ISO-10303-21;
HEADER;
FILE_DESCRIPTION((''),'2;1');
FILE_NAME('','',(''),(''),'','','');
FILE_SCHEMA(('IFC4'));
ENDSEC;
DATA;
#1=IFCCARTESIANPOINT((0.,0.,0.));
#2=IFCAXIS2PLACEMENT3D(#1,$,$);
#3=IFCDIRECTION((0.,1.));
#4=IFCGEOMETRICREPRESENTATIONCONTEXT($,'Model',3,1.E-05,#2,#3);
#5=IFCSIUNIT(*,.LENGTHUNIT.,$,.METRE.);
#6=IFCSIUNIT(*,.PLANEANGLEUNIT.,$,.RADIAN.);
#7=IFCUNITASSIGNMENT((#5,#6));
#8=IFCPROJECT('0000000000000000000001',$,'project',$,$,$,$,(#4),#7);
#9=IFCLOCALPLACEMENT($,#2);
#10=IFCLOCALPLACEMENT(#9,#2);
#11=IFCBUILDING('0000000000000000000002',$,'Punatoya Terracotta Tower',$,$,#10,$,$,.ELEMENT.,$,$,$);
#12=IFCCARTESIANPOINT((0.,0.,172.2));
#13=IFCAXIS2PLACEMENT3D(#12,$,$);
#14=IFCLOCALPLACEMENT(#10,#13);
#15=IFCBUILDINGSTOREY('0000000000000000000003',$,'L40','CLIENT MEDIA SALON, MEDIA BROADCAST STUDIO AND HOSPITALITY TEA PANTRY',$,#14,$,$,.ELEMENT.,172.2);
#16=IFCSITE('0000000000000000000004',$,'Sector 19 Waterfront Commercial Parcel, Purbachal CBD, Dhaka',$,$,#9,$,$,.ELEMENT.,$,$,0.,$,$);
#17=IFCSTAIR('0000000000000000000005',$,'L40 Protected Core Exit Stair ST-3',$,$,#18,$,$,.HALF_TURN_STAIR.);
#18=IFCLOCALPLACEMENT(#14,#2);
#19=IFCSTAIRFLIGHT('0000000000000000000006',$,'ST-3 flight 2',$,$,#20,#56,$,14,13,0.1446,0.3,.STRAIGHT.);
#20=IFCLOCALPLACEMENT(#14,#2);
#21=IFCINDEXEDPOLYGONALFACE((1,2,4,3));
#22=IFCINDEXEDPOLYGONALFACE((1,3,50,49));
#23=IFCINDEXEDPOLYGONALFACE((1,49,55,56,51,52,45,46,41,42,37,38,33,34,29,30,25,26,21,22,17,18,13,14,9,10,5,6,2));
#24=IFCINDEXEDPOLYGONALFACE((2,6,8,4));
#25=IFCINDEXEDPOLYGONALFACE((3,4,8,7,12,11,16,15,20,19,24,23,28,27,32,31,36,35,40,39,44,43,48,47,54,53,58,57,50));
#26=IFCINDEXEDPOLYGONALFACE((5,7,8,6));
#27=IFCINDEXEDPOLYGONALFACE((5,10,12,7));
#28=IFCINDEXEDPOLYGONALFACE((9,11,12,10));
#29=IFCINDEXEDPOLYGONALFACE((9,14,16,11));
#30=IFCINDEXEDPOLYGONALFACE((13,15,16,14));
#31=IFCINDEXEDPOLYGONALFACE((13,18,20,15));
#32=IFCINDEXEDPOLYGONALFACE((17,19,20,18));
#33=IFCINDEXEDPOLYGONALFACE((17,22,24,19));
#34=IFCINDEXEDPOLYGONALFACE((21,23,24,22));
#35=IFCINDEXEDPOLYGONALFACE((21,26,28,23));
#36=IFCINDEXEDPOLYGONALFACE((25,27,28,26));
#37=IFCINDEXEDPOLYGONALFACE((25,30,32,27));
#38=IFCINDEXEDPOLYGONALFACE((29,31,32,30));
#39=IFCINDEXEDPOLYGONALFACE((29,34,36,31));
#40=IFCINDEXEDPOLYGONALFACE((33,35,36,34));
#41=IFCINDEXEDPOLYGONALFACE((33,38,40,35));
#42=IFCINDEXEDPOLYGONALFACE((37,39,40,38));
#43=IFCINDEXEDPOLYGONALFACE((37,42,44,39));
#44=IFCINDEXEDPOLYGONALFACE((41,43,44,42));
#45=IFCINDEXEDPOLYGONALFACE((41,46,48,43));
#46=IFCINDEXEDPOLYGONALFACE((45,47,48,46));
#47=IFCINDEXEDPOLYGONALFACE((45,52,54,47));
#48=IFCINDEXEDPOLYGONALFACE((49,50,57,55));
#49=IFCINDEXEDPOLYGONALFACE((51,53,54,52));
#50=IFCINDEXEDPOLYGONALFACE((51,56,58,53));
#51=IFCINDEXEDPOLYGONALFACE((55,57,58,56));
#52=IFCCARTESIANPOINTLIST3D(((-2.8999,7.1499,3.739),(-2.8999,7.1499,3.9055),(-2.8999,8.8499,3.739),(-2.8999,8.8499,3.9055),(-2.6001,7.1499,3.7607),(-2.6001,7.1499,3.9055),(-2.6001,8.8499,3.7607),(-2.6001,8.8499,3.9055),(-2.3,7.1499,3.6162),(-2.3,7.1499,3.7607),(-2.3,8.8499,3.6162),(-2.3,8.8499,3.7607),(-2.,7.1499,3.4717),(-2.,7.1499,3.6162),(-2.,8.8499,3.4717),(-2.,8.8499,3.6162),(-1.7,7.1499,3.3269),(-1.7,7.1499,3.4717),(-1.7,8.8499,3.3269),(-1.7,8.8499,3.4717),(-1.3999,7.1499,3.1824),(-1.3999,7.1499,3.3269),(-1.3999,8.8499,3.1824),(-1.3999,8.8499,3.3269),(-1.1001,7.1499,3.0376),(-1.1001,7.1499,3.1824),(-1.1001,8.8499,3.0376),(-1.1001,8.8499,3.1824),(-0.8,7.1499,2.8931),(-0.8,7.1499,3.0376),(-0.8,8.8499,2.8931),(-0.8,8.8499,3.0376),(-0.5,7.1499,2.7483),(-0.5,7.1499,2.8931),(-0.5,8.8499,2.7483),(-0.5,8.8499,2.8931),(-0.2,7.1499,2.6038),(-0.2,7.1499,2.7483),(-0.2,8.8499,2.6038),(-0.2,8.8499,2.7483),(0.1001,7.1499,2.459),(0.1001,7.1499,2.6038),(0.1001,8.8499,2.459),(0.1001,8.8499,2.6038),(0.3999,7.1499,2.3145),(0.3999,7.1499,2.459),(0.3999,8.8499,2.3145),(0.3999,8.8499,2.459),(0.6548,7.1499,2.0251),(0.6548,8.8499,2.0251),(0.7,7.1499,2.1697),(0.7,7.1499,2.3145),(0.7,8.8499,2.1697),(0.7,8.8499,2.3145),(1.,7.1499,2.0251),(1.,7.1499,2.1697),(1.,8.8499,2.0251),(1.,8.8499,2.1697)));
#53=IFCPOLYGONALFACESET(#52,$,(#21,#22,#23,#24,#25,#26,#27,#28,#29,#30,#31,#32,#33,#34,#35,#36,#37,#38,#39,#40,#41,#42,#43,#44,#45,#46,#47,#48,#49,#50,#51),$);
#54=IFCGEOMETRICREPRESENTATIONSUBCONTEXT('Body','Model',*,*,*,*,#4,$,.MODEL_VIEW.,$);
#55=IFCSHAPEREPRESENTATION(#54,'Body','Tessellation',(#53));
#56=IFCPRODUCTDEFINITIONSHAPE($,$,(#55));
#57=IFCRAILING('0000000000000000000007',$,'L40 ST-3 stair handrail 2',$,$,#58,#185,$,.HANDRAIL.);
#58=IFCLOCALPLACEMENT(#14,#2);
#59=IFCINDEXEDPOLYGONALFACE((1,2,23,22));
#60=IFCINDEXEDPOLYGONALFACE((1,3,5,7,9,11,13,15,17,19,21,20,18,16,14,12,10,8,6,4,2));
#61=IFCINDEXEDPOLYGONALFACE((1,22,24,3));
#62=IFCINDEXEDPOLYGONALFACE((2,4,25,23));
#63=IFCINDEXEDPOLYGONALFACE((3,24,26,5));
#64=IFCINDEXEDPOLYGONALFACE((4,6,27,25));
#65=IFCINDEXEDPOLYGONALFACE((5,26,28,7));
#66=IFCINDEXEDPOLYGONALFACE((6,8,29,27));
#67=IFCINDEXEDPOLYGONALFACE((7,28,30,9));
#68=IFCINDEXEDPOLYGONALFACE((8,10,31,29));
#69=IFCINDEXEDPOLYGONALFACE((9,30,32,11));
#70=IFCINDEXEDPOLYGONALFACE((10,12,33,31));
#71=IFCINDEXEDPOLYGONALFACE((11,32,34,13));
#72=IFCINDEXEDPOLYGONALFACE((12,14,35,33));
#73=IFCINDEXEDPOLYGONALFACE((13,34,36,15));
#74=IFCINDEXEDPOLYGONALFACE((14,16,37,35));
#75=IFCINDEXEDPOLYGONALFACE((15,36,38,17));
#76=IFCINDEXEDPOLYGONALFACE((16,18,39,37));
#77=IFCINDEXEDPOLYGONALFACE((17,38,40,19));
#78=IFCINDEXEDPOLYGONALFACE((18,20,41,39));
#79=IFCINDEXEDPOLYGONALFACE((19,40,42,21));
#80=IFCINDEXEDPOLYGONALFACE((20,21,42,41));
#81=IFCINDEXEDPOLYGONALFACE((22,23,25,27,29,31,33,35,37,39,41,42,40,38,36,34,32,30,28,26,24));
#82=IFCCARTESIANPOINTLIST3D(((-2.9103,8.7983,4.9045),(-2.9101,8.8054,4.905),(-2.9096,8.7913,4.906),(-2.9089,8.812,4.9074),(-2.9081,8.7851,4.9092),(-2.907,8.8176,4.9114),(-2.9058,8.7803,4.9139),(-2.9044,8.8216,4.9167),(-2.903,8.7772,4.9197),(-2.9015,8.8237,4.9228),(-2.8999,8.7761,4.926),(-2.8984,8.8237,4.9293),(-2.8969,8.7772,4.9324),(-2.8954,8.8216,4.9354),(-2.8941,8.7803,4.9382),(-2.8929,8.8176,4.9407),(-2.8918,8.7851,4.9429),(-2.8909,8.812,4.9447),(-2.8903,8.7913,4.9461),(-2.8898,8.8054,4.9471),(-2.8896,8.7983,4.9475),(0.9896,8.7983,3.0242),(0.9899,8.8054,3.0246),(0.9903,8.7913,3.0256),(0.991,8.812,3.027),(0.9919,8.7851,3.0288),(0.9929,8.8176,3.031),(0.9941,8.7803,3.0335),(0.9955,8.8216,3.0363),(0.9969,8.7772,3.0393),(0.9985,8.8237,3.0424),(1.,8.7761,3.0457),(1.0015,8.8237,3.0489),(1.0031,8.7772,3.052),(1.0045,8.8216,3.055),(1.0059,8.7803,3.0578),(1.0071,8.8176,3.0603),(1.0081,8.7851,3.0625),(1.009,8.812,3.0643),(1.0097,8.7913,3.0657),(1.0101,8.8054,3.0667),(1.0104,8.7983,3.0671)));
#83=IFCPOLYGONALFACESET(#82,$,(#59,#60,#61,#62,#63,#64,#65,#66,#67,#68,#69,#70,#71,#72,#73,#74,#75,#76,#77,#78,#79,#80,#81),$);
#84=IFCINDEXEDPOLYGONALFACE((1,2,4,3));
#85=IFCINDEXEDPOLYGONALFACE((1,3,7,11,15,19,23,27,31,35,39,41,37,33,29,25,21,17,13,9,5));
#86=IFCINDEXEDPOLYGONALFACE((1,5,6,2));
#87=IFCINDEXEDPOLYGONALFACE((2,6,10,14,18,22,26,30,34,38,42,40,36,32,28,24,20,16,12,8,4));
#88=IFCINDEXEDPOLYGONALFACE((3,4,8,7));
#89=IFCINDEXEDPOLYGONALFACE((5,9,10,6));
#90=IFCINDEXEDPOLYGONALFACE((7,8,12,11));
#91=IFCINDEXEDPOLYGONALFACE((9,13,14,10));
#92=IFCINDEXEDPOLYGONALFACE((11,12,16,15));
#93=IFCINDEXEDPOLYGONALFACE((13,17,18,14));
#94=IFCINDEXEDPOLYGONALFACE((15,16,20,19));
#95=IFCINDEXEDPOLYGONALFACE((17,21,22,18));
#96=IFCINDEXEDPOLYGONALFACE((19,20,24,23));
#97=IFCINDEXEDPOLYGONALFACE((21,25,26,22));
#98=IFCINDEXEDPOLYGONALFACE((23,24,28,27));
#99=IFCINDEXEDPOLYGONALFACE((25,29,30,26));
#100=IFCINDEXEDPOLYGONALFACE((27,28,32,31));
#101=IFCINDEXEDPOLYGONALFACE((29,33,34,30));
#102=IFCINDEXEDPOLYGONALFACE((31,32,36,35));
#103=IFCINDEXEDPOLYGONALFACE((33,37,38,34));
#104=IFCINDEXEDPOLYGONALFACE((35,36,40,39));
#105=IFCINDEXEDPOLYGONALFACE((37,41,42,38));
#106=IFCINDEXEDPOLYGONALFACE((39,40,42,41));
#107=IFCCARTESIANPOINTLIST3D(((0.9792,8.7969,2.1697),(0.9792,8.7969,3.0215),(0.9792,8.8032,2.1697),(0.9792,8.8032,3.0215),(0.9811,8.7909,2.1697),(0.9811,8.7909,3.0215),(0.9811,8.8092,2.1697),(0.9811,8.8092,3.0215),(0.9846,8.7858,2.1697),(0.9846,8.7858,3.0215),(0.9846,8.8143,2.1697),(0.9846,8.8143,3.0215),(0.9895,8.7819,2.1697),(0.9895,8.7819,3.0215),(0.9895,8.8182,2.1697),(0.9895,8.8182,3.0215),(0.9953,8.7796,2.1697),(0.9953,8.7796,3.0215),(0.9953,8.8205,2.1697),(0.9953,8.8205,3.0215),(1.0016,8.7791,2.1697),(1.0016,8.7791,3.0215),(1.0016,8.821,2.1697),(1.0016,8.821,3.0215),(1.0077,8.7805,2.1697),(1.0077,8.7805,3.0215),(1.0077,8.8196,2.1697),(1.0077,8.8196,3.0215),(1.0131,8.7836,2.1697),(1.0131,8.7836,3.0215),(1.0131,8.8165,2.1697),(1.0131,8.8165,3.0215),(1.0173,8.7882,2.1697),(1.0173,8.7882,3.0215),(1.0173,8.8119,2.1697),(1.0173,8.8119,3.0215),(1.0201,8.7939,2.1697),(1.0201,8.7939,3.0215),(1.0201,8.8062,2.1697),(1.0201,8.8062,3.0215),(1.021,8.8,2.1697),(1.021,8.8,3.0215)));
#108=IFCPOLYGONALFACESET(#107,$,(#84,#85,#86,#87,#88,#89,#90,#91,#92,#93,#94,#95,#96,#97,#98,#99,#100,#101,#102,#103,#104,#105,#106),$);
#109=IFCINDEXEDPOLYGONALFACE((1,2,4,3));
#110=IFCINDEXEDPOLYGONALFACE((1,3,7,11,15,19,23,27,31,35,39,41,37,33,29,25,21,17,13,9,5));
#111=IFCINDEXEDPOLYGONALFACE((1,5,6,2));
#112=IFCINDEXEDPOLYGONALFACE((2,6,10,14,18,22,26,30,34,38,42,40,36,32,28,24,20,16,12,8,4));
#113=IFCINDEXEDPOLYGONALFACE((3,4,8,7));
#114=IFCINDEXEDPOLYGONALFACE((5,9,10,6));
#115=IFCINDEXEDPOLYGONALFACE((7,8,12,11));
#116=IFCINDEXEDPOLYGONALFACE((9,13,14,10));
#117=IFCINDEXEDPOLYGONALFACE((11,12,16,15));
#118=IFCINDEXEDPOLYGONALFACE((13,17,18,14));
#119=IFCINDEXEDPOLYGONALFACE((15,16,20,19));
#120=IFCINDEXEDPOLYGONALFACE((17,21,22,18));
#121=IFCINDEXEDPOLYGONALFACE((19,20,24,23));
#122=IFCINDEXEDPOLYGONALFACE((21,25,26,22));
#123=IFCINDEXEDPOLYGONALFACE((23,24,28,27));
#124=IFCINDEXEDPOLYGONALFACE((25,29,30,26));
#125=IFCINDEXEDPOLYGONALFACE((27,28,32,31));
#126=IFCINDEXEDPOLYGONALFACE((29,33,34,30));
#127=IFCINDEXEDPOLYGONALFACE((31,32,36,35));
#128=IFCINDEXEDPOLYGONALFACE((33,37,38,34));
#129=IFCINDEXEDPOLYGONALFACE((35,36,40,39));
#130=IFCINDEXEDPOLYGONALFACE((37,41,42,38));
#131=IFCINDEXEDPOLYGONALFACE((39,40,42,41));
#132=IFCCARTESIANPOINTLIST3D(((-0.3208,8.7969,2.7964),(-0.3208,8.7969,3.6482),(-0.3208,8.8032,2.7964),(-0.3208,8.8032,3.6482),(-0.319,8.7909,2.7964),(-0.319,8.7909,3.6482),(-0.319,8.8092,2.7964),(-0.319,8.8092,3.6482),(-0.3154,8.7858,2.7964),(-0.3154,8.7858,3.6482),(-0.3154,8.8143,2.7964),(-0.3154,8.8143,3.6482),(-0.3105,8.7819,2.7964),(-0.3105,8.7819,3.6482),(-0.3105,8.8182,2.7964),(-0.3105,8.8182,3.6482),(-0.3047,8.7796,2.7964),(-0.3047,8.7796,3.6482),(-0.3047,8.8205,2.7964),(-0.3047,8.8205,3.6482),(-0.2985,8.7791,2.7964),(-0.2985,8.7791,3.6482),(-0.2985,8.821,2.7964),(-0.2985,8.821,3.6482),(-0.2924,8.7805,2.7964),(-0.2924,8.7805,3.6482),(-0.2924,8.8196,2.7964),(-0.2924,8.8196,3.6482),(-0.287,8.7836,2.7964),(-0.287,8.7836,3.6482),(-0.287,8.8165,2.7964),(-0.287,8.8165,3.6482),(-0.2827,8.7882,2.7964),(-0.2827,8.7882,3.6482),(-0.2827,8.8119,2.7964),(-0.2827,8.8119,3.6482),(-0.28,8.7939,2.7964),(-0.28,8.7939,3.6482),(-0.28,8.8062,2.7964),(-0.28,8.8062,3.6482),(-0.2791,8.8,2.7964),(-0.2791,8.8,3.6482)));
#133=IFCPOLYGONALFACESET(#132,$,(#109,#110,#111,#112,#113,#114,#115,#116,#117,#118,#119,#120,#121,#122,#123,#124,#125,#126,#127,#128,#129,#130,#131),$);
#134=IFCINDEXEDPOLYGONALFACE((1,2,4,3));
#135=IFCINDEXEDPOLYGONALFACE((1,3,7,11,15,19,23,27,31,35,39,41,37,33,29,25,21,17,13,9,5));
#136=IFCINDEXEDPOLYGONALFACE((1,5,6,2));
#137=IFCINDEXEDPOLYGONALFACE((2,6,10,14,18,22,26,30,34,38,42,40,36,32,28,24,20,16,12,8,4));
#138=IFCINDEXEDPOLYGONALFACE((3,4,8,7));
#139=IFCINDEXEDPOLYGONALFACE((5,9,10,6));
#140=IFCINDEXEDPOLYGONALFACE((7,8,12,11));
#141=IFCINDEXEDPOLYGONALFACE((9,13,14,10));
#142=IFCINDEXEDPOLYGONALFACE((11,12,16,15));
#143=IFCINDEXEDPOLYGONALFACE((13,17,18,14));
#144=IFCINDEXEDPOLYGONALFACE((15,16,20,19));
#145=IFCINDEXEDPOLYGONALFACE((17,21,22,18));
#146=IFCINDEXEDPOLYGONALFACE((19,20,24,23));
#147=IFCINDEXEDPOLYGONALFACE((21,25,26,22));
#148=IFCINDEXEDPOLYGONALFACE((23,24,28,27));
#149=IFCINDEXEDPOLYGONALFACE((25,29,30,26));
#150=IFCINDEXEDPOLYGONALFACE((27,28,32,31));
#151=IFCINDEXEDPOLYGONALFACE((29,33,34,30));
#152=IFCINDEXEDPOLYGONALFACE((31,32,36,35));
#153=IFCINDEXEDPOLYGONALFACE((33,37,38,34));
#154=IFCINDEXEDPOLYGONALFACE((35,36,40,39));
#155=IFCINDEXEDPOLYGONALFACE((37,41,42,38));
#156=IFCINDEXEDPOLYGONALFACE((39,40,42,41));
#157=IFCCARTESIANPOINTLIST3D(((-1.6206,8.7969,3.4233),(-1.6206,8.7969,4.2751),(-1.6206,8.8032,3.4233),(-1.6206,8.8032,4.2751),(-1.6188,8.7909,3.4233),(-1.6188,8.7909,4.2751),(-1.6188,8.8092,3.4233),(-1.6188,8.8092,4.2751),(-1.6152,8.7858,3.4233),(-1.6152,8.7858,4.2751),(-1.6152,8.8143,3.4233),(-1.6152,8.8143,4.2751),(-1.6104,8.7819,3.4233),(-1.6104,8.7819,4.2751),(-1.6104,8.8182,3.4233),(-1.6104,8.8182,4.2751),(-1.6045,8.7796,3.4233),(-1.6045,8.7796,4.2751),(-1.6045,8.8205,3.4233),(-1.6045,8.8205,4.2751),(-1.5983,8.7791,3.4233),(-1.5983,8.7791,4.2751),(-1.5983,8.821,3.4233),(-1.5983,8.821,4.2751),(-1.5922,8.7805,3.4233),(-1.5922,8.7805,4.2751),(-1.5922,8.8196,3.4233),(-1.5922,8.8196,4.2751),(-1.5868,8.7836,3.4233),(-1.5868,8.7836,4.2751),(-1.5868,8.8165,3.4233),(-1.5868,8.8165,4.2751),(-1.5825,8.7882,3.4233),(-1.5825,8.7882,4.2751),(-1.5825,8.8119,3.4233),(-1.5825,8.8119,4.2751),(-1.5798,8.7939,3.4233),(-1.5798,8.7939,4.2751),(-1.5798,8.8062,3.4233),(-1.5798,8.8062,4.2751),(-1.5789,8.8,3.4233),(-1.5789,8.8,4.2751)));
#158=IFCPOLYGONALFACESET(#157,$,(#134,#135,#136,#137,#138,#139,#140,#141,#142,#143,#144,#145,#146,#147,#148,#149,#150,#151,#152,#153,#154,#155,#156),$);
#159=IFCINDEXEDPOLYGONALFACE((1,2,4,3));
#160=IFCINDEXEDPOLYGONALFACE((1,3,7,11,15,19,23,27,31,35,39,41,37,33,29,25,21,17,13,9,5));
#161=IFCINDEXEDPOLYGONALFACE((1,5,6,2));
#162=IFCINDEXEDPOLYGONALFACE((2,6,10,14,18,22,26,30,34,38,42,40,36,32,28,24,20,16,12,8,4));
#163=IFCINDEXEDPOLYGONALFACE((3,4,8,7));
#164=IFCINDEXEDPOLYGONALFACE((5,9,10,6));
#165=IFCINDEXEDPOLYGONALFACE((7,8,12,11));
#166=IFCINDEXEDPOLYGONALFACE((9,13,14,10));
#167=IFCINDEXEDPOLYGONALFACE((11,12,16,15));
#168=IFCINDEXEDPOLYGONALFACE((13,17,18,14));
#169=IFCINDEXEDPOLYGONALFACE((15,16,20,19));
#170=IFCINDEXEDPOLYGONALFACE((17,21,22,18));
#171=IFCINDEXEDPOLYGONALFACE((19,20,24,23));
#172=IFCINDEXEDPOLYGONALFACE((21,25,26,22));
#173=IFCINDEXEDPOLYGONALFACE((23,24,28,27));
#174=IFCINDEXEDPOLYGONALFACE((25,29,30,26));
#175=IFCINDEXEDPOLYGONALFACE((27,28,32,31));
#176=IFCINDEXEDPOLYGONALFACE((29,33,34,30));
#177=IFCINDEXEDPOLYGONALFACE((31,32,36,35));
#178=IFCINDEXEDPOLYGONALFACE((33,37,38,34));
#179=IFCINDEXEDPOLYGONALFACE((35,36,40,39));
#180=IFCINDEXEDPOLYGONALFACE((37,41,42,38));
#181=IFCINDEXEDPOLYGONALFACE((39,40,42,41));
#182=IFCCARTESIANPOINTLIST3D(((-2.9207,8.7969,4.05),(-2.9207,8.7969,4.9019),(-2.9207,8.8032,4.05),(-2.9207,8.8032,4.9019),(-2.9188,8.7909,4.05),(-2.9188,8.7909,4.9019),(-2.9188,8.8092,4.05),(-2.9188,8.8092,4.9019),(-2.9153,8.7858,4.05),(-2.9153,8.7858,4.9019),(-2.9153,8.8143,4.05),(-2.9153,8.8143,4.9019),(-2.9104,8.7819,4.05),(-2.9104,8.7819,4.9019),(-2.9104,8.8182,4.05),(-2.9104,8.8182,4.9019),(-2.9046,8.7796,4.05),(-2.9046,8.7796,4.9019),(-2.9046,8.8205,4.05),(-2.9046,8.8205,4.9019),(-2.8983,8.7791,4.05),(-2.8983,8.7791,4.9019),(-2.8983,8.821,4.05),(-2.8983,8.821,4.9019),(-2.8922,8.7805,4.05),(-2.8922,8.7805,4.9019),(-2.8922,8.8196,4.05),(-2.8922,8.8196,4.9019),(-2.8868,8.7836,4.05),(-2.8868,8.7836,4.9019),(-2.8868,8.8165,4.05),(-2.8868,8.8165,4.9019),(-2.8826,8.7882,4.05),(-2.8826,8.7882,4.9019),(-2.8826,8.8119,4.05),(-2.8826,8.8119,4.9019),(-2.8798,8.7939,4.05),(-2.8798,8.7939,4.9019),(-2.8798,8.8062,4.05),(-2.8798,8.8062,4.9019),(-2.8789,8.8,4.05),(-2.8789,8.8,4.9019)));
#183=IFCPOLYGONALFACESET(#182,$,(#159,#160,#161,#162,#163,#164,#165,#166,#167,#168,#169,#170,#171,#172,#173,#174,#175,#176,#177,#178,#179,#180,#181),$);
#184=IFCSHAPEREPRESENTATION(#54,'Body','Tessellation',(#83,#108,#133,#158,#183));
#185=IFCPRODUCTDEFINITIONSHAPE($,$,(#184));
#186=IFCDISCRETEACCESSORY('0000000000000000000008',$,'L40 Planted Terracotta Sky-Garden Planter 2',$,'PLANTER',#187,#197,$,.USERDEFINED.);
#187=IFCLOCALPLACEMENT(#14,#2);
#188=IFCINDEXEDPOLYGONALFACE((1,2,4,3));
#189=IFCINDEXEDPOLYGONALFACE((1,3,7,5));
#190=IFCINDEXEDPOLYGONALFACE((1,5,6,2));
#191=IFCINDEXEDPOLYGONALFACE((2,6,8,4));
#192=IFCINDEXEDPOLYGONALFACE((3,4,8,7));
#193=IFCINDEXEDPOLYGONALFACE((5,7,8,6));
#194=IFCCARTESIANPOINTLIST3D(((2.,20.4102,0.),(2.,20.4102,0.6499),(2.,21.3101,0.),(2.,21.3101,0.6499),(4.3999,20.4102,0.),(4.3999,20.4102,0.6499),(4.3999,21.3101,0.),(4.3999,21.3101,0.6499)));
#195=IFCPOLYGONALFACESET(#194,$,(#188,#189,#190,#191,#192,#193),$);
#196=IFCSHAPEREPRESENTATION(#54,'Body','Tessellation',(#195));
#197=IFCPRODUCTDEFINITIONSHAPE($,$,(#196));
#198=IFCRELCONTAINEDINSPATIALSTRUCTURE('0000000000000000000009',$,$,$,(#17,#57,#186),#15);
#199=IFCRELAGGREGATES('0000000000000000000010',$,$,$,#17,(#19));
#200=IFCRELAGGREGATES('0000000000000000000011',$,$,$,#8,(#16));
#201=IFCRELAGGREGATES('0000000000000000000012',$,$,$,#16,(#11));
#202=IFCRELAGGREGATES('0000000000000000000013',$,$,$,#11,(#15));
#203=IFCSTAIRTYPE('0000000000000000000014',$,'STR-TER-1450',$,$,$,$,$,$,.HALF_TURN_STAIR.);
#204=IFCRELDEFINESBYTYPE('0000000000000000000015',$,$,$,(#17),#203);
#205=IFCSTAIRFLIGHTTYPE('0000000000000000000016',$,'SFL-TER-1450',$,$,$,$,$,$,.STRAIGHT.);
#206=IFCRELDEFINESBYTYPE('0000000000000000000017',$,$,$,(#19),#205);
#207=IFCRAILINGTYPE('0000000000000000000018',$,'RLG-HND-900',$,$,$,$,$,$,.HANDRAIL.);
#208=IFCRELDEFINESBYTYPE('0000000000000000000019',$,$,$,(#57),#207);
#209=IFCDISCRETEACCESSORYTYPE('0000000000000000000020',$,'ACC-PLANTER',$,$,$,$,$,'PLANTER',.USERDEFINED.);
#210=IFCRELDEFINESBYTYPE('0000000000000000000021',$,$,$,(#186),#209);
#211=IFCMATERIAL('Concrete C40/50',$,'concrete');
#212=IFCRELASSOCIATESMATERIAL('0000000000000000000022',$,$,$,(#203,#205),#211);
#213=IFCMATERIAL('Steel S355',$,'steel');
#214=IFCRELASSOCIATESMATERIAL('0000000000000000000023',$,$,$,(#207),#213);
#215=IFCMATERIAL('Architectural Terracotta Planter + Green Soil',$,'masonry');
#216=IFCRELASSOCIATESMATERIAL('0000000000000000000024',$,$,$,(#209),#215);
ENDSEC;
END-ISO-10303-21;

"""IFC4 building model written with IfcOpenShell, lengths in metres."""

from ifc_helpers import new_model, si_unit, direction, frame, origin, origin_2d, place, context, subcontext, project, spatial, polyline, rectangle, circle, outline, extrude, material, type_object, element, aggregate, save


model = new_model("IFC4")

# Units and contexts
model_context = context("Model", 3, precision=1e-05, world=origin(), true_north=direction((0.0, 1.0)))
body_context = subcontext(model_context, "Body", "Model", "MODEL_VIEW")
ifc_project = project(units=[si_unit("LENGTHUNIT", "METRE"), si_unit("PLANEANGLEUNIT", "RADIAN")], contexts=[model_context])

# Site, building, storey
site_placement = place(None, origin())
site = spatial("IfcSite", under=ifc_project, at=site_placement, Name="Sector 19 Waterfront Commercial Parcel, Purbachal CBD, Dhaka", CompositionType="ELEMENT", RefElevation=0.0)
building_placement = place(site_placement, origin())
building = spatial("IfcBuilding", under=site, at=building_placement, Name="Punatoya Terracotta Tower", CompositionType="ELEMENT")
storey_placement = place(building_placement, frame((0.0, 0.0, 172.2)))
storey = spatial("IfcBuildingStorey", under=building, at=storey_placement, Name="L40", Description="CLIENT MEDIA SALON, MEDIA BROADCAST STUDIO AND HOSPITALITY TEA PANTRY", CompositionType="ELEMENT", Elevation=172.2)

# Shared definitions
ifc_material_1 = material(Name="Steel S355", Category="steel")

# Shared definitions
ifc_material_2 = material(Name="Concrete C40/50", Category="concrete")

# Stair, stair flight
stair_type = type_object("IfcStairType", Name="STR-TER-1450", PredefinedType="HALF_TURN_STAIR", material=ifc_material_2)
stair_placement = place(storey_placement, origin())
stair = element("IfcStair", 1, at=stair_placement, inside=storey, type_object=stair_type, Name="L40 Protected Core Exit Stair ST-3", PredefinedType="HALF_TURN_STAIR")
stair_flight_type = type_object("IfcStairFlightType", Name="SFL-TER-1450", PredefinedType="STRAIGHT", material=ifc_material_2)
stair_flight_placement = place(storey_placement, frame((1.0, 8.0, 2.0251), z_axis=(0.0, 0.0, 1.0), x_axis=(-1.0, 0.0, 0.0)))
stair_flight = element("IfcStairFlight", 2, at=stair_flight_placement, type_object=stair_flight_type, Name="ST-3 flight 2", NumberOfRisers=14, NumberOfTreads=13, PredefinedType="STRAIGHT", RiserHeight=0.1446, TreadLength=0.3, context=body_context, shape_type="SweptSolid", body=[
    extrude(outline(polyline([(0.0, 0.0), (0.0, 0.1445), (0.3, 0.1445), (0.3, 0.2893), (0.6001, 0.2893), (0.6001, 0.4338), (0.8999, 0.4338), (0.8999, 0.5786), (1.2, 0.5786), (1.2, 0.7231), (1.5, 0.7231), (1.5, 0.8679), (1.8, 0.8679), (1.8, 1.0125), (2.1001, 1.0125), (2.1001, 1.1572), (2.3999, 1.1572), (2.3999, 1.3018), (2.7, 1.3018), (2.7, 1.4465), (3.0, 1.4465), (3.0, 1.5911), (3.3, 1.5911), (3.3, 1.7356), (3.6001, 1.7356), (3.6001, 1.8804), (3.8999, 1.8804), (3.8999, 2.0249), (3.8999, 1.7139), (0.3452, 0.0), (0.0, 0.0)])), frame((0.0, 0.8501, 0.0), z_axis=(0.0, -1.0, 0.0), x_axis=(1.0, 0.0, 0.0)), (0.0, 0.0, 1.0), 1.7),
])
aggregate(stair, [stair_flight])

# Railing
railing_type = type_object("IfcRailingType", Name="RLG-HND-900", PredefinedType="HANDRAIL", material=ifc_material_1)
railing_placement = place(storey_placement, frame((1.0, 8.8, 2.1697)))
element("IfcRailing", 3, at=railing_placement, inside=storey, type_object=railing_type, Name="L40 ST-3 stair handrail 2", PredefinedType="HANDRAIL", context=body_context, shape_type="SweptSolid", body=[
    extrude(circle(Radius=0.0239, at=origin_2d()), frame((0.0, 0.0, 0.876), z_axis=(-0.900763, 0.0, 0.434311), x_axis=(0.0, -1.0, 0.0)), (0.0, 0.0, 1.0), 4.3296),
    extrude(circle(Radius=0.021, at=origin_2d()), origin(), (0.0, 0.0, 1.0), 0.8518),
    extrude(circle(Radius=0.021, at=origin_2d()), frame((-1.3, 0.0, 0.6267)), (0.0, 0.0, 1.0), 0.8518),
    extrude(circle(Radius=0.021, at=origin_2d()), frame((-2.5999, 0.0, 1.2537)), (0.0, 0.0, 1.0), 0.8518),
    extrude(circle(Radius=0.021, at=origin_2d()), frame((-3.8999, 0.0, 1.8804)), (0.0, 0.0, 1.0), 0.8518),
])

# Discrete accessory
ifc_material_3 = material(Name="Architectural Terracotta Planter + Green Soil", Category="masonry")
discrete_accessory_type = type_object("IfcDiscreteAccessoryType", Name="ACC-PLANTER", ElementType="PLANTER", PredefinedType="USERDEFINED", material=ifc_material_3)
discrete_accessory_placement = place(storey_placement, frame((3.2, 20.8601, 0.0), z_axis=(0.0, 0.0, 1.0), x_axis=(1.0, 0.0, 0.0)))
element("IfcDiscreteAccessory", 4, at=discrete_accessory_placement, inside=storey, type_object=discrete_accessory_type, Name="L40 Planted Terracotta Sky-Garden Planter 2", ObjectType="PLANTER", PredefinedType="USERDEFINED", context=body_context, shape_type="SweptSolid", body=[
    extrude(rectangle(XDim=2.3999, YDim=0.8999, at=origin_2d()), origin(), (0.0, 0.0, 1.0), 0.6499),
])

save(model, "model.ifc")
